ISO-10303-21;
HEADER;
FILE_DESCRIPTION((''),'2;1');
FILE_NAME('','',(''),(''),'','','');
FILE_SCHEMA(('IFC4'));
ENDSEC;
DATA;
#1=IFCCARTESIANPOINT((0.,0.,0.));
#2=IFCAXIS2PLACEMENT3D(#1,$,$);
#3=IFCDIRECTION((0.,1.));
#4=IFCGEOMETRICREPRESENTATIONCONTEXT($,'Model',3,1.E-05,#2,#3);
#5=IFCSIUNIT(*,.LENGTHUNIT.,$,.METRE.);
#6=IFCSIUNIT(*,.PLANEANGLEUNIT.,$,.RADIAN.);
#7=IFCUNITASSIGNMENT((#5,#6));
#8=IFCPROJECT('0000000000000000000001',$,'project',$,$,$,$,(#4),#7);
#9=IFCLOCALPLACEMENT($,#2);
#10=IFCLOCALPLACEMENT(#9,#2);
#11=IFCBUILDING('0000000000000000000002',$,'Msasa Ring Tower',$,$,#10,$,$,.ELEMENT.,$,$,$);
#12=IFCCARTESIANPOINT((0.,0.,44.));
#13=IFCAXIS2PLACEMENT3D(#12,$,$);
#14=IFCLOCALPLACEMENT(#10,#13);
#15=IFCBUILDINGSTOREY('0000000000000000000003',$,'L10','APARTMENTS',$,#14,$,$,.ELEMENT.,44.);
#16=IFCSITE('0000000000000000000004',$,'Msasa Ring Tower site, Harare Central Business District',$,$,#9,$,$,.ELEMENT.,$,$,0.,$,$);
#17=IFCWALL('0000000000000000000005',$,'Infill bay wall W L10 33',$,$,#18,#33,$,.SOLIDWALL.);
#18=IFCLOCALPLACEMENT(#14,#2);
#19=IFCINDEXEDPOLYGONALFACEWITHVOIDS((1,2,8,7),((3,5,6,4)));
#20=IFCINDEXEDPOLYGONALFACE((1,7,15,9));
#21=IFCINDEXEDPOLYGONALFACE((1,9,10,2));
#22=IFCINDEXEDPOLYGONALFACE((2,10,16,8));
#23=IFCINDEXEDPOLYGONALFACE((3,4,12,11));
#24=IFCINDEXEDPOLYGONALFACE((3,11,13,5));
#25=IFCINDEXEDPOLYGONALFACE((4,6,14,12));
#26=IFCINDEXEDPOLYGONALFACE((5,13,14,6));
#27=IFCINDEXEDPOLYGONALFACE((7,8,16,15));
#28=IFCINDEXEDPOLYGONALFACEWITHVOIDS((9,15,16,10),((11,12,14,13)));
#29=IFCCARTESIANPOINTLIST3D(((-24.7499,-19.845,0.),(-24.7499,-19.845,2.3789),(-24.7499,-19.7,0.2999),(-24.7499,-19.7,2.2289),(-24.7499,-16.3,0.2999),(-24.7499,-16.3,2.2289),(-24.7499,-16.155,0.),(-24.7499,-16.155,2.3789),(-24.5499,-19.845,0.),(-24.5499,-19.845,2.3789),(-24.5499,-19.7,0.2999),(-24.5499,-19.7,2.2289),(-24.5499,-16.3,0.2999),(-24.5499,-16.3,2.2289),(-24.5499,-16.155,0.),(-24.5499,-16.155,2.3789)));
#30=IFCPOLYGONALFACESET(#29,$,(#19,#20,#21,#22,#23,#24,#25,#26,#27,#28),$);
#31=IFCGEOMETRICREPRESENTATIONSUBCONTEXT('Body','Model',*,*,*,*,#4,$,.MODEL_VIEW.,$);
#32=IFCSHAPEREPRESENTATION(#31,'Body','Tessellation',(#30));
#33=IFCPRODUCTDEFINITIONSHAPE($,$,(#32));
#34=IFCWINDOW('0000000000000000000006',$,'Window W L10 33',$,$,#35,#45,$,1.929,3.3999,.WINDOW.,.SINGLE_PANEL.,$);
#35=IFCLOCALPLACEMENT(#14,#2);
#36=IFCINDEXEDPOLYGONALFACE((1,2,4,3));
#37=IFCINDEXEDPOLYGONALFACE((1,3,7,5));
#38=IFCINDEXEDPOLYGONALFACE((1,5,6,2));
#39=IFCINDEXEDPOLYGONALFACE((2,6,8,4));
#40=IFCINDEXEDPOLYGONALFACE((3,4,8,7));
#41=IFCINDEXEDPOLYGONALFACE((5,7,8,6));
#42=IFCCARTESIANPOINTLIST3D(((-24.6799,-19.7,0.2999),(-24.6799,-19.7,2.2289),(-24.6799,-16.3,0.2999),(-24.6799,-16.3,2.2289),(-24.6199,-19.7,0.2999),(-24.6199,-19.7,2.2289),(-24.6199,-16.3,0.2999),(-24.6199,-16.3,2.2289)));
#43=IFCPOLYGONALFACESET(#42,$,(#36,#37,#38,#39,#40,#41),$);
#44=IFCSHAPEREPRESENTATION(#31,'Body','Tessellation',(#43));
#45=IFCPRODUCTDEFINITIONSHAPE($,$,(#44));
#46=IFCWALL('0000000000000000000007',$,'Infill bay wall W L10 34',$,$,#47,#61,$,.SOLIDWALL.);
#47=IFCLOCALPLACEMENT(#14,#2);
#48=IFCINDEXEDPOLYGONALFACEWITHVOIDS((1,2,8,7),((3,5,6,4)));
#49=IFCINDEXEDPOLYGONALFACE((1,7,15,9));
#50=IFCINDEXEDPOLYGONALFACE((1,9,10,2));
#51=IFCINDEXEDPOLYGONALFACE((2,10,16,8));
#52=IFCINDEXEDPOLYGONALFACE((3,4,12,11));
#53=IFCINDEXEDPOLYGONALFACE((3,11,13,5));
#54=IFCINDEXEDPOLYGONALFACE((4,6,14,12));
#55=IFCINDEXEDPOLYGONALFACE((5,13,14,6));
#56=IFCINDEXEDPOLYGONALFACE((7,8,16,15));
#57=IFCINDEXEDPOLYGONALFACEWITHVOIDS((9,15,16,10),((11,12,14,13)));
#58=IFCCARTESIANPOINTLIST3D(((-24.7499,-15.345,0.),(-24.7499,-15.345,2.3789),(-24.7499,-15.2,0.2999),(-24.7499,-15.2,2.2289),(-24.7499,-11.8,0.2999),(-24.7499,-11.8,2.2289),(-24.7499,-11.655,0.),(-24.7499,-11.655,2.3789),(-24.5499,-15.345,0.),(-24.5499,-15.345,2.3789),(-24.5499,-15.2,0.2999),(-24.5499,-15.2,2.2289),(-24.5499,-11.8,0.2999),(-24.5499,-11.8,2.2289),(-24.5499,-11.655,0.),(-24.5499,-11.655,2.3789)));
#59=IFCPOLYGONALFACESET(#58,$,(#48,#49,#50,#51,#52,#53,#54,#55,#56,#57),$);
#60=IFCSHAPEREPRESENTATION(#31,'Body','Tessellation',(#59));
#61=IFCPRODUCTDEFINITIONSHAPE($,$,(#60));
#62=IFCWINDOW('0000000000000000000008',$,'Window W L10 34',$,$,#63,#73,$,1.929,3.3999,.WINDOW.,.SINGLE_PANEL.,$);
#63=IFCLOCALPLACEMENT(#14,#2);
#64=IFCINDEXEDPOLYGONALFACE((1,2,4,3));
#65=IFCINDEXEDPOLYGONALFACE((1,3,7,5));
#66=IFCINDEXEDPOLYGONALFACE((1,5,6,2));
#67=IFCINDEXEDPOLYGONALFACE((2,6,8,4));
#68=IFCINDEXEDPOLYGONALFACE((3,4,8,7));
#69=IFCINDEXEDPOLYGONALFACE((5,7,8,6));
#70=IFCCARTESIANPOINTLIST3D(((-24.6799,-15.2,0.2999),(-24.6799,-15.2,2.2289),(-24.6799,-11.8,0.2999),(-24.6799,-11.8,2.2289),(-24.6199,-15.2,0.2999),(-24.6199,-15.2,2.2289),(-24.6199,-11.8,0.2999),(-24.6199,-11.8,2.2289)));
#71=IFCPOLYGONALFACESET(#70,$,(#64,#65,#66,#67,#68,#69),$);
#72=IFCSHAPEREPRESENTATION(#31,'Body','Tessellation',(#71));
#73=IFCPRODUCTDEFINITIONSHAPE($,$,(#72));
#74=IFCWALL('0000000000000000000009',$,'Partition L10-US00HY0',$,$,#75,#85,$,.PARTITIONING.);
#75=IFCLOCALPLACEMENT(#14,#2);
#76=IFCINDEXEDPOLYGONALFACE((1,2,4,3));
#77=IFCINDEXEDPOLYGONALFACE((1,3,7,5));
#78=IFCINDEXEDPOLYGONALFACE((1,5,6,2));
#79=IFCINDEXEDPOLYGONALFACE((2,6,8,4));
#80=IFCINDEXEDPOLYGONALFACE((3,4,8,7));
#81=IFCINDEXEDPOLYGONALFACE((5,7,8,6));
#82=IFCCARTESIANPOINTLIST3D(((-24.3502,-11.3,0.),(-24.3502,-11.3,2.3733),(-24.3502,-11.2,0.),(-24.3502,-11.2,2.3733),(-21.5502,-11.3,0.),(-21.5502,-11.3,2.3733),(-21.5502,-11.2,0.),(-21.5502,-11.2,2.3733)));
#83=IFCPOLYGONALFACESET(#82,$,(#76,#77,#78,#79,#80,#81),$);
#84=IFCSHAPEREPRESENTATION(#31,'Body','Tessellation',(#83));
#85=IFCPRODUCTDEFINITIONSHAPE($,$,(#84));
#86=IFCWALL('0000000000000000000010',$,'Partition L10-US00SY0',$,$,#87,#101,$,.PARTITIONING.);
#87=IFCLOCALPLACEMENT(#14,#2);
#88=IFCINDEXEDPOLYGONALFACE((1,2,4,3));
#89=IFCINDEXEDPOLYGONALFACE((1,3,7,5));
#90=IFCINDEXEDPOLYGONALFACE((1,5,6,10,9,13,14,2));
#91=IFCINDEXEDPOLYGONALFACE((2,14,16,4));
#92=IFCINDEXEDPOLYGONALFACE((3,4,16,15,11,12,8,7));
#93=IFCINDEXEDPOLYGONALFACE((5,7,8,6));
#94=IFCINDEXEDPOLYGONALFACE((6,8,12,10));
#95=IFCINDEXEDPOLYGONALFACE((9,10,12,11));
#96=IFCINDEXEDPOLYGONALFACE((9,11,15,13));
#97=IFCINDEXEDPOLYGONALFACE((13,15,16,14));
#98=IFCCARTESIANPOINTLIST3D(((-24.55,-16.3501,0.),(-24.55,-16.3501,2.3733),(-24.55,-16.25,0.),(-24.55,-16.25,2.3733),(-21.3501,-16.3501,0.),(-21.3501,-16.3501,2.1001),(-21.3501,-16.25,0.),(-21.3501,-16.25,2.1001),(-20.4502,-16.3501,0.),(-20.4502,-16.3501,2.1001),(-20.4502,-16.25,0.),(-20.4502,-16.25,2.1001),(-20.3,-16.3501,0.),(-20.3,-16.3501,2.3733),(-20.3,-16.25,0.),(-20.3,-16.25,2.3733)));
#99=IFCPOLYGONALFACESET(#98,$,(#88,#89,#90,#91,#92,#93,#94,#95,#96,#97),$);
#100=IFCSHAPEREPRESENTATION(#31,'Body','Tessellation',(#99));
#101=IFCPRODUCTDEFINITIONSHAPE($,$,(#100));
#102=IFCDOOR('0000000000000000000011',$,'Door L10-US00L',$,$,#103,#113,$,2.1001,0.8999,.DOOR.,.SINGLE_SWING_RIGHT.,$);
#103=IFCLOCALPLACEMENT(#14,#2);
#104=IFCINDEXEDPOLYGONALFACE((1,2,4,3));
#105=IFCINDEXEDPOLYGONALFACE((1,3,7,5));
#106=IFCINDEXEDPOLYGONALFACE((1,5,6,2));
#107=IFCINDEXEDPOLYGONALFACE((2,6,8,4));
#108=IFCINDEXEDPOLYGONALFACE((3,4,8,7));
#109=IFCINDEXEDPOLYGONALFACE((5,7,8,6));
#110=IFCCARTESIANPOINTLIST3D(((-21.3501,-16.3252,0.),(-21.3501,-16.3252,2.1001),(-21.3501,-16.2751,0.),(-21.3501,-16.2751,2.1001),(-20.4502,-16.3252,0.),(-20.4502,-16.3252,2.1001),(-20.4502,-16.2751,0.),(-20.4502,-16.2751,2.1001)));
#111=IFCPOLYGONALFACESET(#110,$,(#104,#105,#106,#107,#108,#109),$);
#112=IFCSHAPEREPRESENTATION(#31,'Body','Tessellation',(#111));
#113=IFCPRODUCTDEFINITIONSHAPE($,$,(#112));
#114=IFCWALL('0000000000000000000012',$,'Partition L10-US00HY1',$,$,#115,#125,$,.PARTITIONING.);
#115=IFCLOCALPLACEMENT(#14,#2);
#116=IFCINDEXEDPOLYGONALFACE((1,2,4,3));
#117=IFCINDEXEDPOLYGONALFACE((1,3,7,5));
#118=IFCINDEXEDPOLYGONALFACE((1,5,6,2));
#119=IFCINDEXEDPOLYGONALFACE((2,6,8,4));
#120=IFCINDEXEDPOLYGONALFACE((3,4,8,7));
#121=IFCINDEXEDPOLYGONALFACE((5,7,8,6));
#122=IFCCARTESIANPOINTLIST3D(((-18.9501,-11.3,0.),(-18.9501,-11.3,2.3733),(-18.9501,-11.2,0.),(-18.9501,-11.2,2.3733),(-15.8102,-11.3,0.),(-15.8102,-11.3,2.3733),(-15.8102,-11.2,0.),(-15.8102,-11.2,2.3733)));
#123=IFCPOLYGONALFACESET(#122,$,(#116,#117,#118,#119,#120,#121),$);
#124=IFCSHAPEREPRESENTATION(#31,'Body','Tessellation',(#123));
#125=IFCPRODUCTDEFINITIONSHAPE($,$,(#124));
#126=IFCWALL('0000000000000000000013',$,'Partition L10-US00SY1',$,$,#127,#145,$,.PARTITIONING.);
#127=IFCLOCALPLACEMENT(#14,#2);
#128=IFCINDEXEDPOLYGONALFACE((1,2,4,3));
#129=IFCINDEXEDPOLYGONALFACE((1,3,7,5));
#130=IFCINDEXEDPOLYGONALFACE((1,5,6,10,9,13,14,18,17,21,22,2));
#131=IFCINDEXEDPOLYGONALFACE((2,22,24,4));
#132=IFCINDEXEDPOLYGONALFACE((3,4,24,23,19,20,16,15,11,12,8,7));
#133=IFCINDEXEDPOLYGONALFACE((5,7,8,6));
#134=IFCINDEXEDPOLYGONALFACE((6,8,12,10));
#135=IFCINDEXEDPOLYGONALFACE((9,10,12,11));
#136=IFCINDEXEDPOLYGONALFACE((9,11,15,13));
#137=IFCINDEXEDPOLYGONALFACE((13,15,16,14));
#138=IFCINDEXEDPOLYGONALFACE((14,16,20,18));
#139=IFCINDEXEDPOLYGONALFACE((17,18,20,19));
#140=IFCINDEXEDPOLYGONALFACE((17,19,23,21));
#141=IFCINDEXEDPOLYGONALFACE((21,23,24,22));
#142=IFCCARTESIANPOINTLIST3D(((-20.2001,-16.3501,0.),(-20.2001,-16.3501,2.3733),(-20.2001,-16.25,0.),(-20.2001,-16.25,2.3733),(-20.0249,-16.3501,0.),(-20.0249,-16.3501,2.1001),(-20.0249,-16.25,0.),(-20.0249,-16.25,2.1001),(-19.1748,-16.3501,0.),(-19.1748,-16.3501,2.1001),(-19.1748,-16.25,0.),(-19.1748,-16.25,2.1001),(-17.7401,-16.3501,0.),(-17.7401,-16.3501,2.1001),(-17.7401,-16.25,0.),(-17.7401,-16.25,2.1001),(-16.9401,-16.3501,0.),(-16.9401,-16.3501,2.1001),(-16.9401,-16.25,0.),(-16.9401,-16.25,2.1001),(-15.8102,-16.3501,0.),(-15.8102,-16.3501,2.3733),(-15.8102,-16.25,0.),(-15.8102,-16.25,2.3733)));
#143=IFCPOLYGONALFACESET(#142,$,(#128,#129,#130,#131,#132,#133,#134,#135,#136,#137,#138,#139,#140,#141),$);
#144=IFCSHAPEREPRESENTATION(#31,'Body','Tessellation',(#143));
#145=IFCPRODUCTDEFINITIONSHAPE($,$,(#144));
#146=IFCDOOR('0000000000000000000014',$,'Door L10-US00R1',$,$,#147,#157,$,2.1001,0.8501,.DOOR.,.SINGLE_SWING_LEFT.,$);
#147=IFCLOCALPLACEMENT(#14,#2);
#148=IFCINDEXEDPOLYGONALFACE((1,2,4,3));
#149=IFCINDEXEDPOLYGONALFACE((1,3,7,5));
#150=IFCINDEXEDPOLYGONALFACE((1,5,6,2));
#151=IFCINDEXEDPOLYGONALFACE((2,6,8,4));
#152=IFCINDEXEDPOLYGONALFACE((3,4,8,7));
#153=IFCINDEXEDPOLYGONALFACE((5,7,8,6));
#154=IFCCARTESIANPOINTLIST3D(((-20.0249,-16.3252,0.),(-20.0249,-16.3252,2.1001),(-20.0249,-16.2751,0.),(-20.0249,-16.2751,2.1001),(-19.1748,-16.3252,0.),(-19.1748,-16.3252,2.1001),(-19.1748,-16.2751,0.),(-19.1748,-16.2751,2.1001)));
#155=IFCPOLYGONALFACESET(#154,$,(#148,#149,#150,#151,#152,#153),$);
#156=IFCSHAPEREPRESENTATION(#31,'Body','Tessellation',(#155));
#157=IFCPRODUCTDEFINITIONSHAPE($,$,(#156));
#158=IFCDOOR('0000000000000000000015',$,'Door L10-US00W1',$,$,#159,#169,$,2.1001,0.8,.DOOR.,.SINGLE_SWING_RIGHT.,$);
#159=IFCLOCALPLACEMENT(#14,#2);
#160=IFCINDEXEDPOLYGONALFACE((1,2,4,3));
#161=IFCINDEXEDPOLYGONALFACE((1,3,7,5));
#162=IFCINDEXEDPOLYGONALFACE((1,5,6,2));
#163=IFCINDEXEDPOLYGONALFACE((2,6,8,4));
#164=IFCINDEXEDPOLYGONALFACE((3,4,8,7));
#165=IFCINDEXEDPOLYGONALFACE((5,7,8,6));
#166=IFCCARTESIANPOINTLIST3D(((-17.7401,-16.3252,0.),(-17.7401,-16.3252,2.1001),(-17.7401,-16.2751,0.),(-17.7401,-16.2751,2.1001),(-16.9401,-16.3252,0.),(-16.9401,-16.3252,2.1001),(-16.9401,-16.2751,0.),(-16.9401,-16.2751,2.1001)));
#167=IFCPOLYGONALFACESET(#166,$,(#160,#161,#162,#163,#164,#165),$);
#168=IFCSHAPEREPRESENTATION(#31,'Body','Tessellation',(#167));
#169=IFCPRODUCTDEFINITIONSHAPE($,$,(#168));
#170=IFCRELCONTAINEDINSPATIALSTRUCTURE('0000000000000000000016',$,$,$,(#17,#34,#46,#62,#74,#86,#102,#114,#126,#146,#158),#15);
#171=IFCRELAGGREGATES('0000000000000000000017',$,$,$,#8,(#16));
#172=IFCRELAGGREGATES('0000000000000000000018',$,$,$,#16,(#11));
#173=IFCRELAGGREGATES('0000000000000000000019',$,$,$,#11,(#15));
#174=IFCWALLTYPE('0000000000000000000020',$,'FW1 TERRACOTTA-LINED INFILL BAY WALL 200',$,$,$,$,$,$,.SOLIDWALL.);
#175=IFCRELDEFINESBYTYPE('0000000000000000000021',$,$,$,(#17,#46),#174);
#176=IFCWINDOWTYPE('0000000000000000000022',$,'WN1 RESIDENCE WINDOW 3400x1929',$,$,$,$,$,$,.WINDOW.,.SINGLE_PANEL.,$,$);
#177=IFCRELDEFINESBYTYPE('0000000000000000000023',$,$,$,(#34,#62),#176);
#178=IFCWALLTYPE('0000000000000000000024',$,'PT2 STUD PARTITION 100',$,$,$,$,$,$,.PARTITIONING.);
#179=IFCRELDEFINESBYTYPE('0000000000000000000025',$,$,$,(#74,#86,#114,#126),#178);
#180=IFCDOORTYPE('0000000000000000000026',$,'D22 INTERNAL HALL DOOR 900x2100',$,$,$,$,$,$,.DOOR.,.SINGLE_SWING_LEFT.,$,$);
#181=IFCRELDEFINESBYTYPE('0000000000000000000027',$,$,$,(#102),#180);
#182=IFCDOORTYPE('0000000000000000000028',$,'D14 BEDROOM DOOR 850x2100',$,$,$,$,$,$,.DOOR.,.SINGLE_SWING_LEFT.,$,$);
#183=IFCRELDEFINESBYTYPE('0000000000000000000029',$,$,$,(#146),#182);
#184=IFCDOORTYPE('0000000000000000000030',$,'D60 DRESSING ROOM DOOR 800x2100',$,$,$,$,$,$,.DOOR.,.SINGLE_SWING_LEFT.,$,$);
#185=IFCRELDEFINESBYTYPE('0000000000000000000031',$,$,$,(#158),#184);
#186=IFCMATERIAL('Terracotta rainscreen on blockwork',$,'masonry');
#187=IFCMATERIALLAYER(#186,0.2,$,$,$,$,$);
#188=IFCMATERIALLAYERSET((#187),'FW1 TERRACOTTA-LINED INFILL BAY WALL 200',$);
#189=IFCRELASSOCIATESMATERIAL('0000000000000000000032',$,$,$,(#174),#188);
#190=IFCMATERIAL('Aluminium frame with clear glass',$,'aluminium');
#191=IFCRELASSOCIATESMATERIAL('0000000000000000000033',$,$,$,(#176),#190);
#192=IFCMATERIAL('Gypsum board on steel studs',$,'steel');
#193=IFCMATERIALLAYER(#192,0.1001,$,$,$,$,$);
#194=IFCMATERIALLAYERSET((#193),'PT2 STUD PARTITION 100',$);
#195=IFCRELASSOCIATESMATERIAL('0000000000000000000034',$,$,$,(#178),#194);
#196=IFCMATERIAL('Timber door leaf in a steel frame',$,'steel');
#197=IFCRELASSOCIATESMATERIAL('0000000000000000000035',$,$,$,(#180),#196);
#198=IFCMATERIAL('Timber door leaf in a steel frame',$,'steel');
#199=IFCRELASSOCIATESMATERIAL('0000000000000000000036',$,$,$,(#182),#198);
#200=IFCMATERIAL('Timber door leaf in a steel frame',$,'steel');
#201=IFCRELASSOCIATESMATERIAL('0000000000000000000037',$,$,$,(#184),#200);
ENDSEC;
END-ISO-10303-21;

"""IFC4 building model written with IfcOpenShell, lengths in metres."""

from ifc_helpers import new_model, si_unit, direction, frame, frame_2d, origin, place, context, subcontext, project, spatial, rectangle, extrude, material, layer, layer_set, type_object, element, fill, save


model = new_model("IFC4")

# Units and contexts
model_context = context("Model", 3, precision=1e-05, world=origin(), true_north=direction((0.0, 1.0)))
body_context = subcontext(model_context, "Body", "Model", "MODEL_VIEW")
ifc_project = project(units=[si_unit("LENGTHUNIT", "METRE"), si_unit("PLANEANGLEUNIT", "RADIAN")], contexts=[model_context])

# Site, building, storey
site_placement = place(None, origin())
site = spatial("IfcSite", under=ifc_project, at=site_placement, Name="Msasa Ring Tower site, Harare Central Business District", CompositionType="ELEMENT", RefElevation=0.0)
building_placement = place(site_placement, origin())
building = spatial("IfcBuilding", under=site, at=building_placement, Name="Msasa Ring Tower", CompositionType="ELEMENT")
storey_placement = place(building_placement, frame((0.0, 0.0, 44.0)))
storey = spatial("IfcBuildingStorey", under=building, at=storey_placement, Name="L10", Description="APARTMENTS", CompositionType="ELEMENT", Elevation=44.0)

# Walls, openings, windows
ifc_material_1 = material(Name="Terracotta rainscreen on blockwork", Category="masonry")
ifc_layer_1 = layer(ifc_material_1, 0.2)
ifc_layer_set_1 = layer_set([ifc_layer_1], Name="FW1 TERRACOTTA-LINED INFILL BAY WALL 200")
wall_type_1 = type_object("IfcWallType", Name="FW1 TERRACOTTA-LINED INFILL BAY WALL 200", PredefinedType="SOLIDWALL", material=ifc_layer_set_1)
wall_1_placement = place(storey_placement, frame((-24.6499, -19.845, 0.0), z_axis=(0.0, 0.0, 1.0), x_axis=(0.0, 1.0, 0.0)))
wall_1 = element("IfcWall", 1, at=wall_1_placement, inside=storey, type_object=wall_type_1, Name="Infill bay wall W L10 33", PredefinedType="SOLIDWALL", context=body_context, shape_type="SweptSolid", body=[
    extrude(rectangle(XDim=3.6899, YDim=0.2, at=frame_2d((1.845, 0.0))), origin(), (0.0, 0.0, 1.0), 2.3789),
])
opening_1_placement = place(wall_1_placement, frame((0.145, 0.0, 0.3)))
opening_1 = element("IfcOpeningElement", 2, at=opening_1_placement, cuts=wall_1, PredefinedType="OPENING", context=body_context, shape_type="SweptSolid", body=[
    extrude(rectangle(XDim=3.3999, YDim=1.929, at=frame_2d((1.7, 0.9644))), frame((0.0, 0.1099, 0.0), z_axis=(0.0, -1.0, 0.0), x_axis=(1.0, 0.0, 0.0)), (0.0, 0.0, 1.0), 0.22),
])
ifc_material_2 = material(Name="Aluminium frame with clear glass", Category="aluminium")
window_type = type_object("IfcWindowType", Name="WN1 RESIDENCE WINDOW 3400x1929", PartitioningType="SINGLE_PANEL", PredefinedType="WINDOW", material=ifc_material_2)
window_1_placement = place(opening_1_placement, origin())
window_1 = element("IfcWindow", 3, at=window_1_placement, inside=storey, type_object=window_type, Name="Window W L10 33", OverallHeight=1.929, OverallWidth=3.3999, PartitioningType="SINGLE_PANEL", PredefinedType="WINDOW", context=body_context, shape_type="SweptSolid", body=[
    extrude(rectangle(XDim=3.3999, YDim=1.929, at=frame_2d((1.7, 0.9644))), frame((0.0, 0.03, 0.0), z_axis=(0.0, -1.0, 0.0), x_axis=(1.0, 0.0, 0.0)), (0.0, 0.0, 1.0), 0.0601),
])
fill(opening_1, window_1)
wall_2_placement = place(storey_placement, frame((-24.6499, -15.345, 0.0), z_axis=(0.0, 0.0, 1.0), x_axis=(0.0, 1.0, 0.0)))
wall_2 = element("IfcWall", 4, at=wall_2_placement, inside=storey, type_object=wall_type_1, Name="Infill bay wall W L10 34", PredefinedType="SOLIDWALL", context=body_context, shape_type="SweptSolid", body=[
    extrude(rectangle(XDim=3.6899, YDim=0.2, at=frame_2d((1.845, 0.0))), origin(), (0.0, 0.0, 1.0), 2.3789),
])
opening_2_placement = place(wall_2_placement, frame((0.145, 0.0, 0.3)))
opening_2 = element("IfcOpeningElement", 5, at=opening_2_placement, cuts=wall_2, PredefinedType="OPENING", context=body_context, shape_type="SweptSolid", body=[
    extrude(rectangle(XDim=3.3999, YDim=1.929, at=frame_2d((1.7, 0.9644))), frame((0.0, 0.1099, 0.0), z_axis=(0.0, -1.0, 0.0), x_axis=(1.0, 0.0, 0.0)), (0.0, 0.0, 1.0), 0.22),
])
window_2_placement = place(opening_2_placement, origin())
window_2 = element("IfcWindow", 6, at=window_2_placement, inside=storey, type_object=window_type, Name="Window W L10 34", OverallHeight=1.929, OverallWidth=3.3999, PartitioningType="SINGLE_PANEL", PredefinedType="WINDOW", context=body_context, shape_type="SweptSolid", body=[
    extrude(rectangle(XDim=3.3999, YDim=1.929, at=frame_2d((1.7, 0.9644))), frame((0.0, 0.03, 0.0), z_axis=(0.0, -1.0, 0.0), x_axis=(1.0, 0.0, 0.0)), (0.0, 0.0, 1.0), 0.0601),
])
fill(opening_2, window_2)

# Wall
ifc_material_3 = material(Name="Gypsum board on steel studs", Category="steel")
ifc_layer_2 = layer(ifc_material_3, 0.1001)
ifc_layer_set_2 = layer_set([ifc_layer_2], Name="PT2 STUD PARTITION 100")
wall_type_2 = type_object("IfcWallType", Name="PT2 STUD PARTITION 100", PredefinedType="PARTITIONING", material=ifc_layer_set_2)
wall_3_placement = place(storey_placement, frame((-24.3501, -11.25, 0.0), z_axis=(0.0, 0.0, 1.0), x_axis=(1.0, 0.0, 0.0)))
element("IfcWall", 7, at=wall_3_placement, inside=storey, type_object=wall_type_2, Name="Partition L10-US00HY0", PredefinedType="PARTITIONING", context=body_context, shape_type="SweptSolid", body=[
    extrude(rectangle(XDim=2.8, YDim=0.1001, at=frame_2d((1.3999, 0.0))), origin(), (0.0, 0.0, 1.0), 2.3733),
])

# Wall, opening, door
wall_4_placement = place(storey_placement, frame((-24.55, -16.3, 0.0), z_axis=(0.0, 0.0, 1.0), x_axis=(1.0, 0.0, 0.0)))
wall_4 = element("IfcWall", 8, at=wall_4_placement, inside=storey, type_object=wall_type_2, Name="Partition L10-US00SY0", PredefinedType="PARTITIONING", context=body_context, shape_type="SweptSolid", body=[
    extrude(rectangle(XDim=4.25, YDim=0.1001, at=frame_2d((2.125, 0.0))), origin(), (0.0, 0.0, 1.0), 2.3733),
])
opening_3_placement = place(wall_4_placement, frame((3.2, 0.0, 0.0)))
opening_3 = element("IfcOpeningElement", 9, at=opening_3_placement, cuts=wall_4, PredefinedType="OPENING", context=body_context, shape_type="SweptSolid", body=[
    extrude(rectangle(XDim=0.8999, YDim=2.1001, at=frame_2d((0.45, 1.05))), frame((0.0, 0.0601, 0.0), z_axis=(0.0, -1.0, 0.0), x_axis=(1.0, 0.0, 0.0)), (0.0, 0.0, 1.0), 0.1201),
])
ifc_material_4 = material(Name="Timber door leaf in a steel frame", Category="steel")
door_type_1 = type_object("IfcDoorType", Name="D22 INTERNAL HALL DOOR 900x2100", OperationType="SINGLE_SWING_LEFT", PredefinedType="DOOR", material=ifc_material_4)
door_1_placement = place(opening_3_placement, origin())
door_1 = element("IfcDoor", 10, at=door_1_placement, inside=storey, type_object=door_type_1, Name="Door L10-US00L", OperationType="SINGLE_SWING_RIGHT", OverallHeight=2.1001, OverallWidth=0.8999, PredefinedType="DOOR", context=body_context, shape_type="SweptSolid", body=[
    extrude(rectangle(XDim=0.8999, YDim=2.1001, at=frame_2d((0.45, 1.05))), frame((0.0, 0.0249, 0.0), z_axis=(0.0, -1.0, 0.0), x_axis=(1.0, 0.0, 0.0)), (0.0, 0.0, 1.0), 0.05),
])
fill(opening_3, door_1)

# Wall
wall_5_placement = place(storey_placement, frame((-18.95, -11.25, 0.0), z_axis=(0.0, 0.0, 1.0), x_axis=(1.0, 0.0, 0.0)))
element("IfcWall", 11, at=wall_5_placement, inside=storey, type_object=wall_type_2, Name="Partition L10-US00HY1", PredefinedType="PARTITIONING", context=body_context, shape_type="SweptSolid", body=[
    extrude(rectangle(XDim=3.1399, YDim=0.1001, at=frame_2d((1.5698, 0.0))), origin(), (0.0, 0.0, 1.0), 2.3733),
])

# Wall, openings, doors
wall_6_placement = place(storey_placement, frame((-20.2, -16.3, 0.0), z_axis=(0.0, 0.0, 1.0), x_axis=(1.0, 0.0, 0.0)))
wall_6 = element("IfcWall", 12, at=wall_6_placement, inside=storey, type_object=wall_type_2, Name="Partition L10-US00SY1", PredefinedType="PARTITIONING", context=body_context, shape_type="SweptSolid", body=[
    extrude(rectangle(XDim=4.3899, YDim=0.1001, at=frame_2d((2.1948, 0.0))), origin(), (0.0, 0.0, 1.0), 2.3733),
])
opening_4_placement = place(wall_6_placement, frame((0.175, 0.0, 0.0)))
opening_4 = element("IfcOpeningElement", 13, at=opening_4_placement, cuts=wall_6, PredefinedType="OPENING", context=body_context, shape_type="SweptSolid", body=[
    extrude(rectangle(XDim=0.8501, YDim=2.1001, at=frame_2d((0.425, 1.05))), frame((0.0, 0.0601, 0.0), z_axis=(0.0, -1.0, 0.0), x_axis=(1.0, 0.0, 0.0)), (0.0, 0.0, 1.0), 0.1201),
])
opening_5_placement = place(wall_6_placement, frame((2.46, 0.0, 0.0)))
opening_5 = element("IfcOpeningElement", 14, at=opening_5_placement, cuts=wall_6, PredefinedType="OPENING", context=body_context, shape_type="SweptSolid", body=[
    extrude(rectangle(XDim=0.8, YDim=2.1001, at=frame_2d((0.3999, 1.05))), frame((0.0, 0.0601, 0.0), z_axis=(0.0, -1.0, 0.0), x_axis=(1.0, 0.0, 0.0)), (0.0, 0.0, 1.0), 0.1201),
])
ifc_material_5 = material(Name="Timber door leaf in a steel frame", Category="steel")
door_type_2 = type_object("IfcDoorType", Name="D14 BEDROOM DOOR 850x2100", OperationType="SINGLE_SWING_LEFT", PredefinedType="DOOR", material=ifc_material_5)
door_2_placement = place(opening_4_placement, origin())
door_2 = element("IfcDoor", 15, at=door_2_placement, inside=storey, type_object=door_type_2, Name="Door L10-US00R1", OperationType="SINGLE_SWING_LEFT", OverallHeight=2.1001, OverallWidth=0.8501, PredefinedType="DOOR", context=body_context, shape_type="SweptSolid", body=[
    extrude(rectangle(XDim=0.8501, YDim=2.1001, at=frame_2d((0.425, 1.05))), frame((0.0, 0.0249, 0.0), z_axis=(0.0, -1.0, 0.0), x_axis=(1.0, 0.0, 0.0)), (0.0, 0.0, 1.0), 0.05),
])
fill(opening_4, door_2)
ifc_material_6 = material(Name="Timber door leaf in a steel frame", Category="steel")
door_type_3 = type_object("IfcDoorType", Name="D60 DRESSING ROOM DOOR 800x2100", OperationType="SINGLE_SWING_LEFT", PredefinedType="DOOR", material=ifc_material_6)
door_3_placement = place(opening_5_placement, origin())
door_3 = element("IfcDoor", 16, at=door_3_placement, inside=storey, type_object=door_type_3, Name="Door L10-US00W1", OperationType="SINGLE_SWING_RIGHT", OverallHeight=2.1001, OverallWidth=0.8, PredefinedType="DOOR", context=body_context, shape_type="SweptSolid", body=[
    extrude(rectangle(XDim=0.8, YDim=2.1001, at=frame_2d((0.3999, 1.05))), frame((0.0, 0.0249, 0.0), z_axis=(0.0, -1.0, 0.0), x_axis=(1.0, 0.0, 0.0)), (0.0, 0.0, 1.0), 0.05),
])
fill(opening_5, door_3)

save(model, "model.ifc")
